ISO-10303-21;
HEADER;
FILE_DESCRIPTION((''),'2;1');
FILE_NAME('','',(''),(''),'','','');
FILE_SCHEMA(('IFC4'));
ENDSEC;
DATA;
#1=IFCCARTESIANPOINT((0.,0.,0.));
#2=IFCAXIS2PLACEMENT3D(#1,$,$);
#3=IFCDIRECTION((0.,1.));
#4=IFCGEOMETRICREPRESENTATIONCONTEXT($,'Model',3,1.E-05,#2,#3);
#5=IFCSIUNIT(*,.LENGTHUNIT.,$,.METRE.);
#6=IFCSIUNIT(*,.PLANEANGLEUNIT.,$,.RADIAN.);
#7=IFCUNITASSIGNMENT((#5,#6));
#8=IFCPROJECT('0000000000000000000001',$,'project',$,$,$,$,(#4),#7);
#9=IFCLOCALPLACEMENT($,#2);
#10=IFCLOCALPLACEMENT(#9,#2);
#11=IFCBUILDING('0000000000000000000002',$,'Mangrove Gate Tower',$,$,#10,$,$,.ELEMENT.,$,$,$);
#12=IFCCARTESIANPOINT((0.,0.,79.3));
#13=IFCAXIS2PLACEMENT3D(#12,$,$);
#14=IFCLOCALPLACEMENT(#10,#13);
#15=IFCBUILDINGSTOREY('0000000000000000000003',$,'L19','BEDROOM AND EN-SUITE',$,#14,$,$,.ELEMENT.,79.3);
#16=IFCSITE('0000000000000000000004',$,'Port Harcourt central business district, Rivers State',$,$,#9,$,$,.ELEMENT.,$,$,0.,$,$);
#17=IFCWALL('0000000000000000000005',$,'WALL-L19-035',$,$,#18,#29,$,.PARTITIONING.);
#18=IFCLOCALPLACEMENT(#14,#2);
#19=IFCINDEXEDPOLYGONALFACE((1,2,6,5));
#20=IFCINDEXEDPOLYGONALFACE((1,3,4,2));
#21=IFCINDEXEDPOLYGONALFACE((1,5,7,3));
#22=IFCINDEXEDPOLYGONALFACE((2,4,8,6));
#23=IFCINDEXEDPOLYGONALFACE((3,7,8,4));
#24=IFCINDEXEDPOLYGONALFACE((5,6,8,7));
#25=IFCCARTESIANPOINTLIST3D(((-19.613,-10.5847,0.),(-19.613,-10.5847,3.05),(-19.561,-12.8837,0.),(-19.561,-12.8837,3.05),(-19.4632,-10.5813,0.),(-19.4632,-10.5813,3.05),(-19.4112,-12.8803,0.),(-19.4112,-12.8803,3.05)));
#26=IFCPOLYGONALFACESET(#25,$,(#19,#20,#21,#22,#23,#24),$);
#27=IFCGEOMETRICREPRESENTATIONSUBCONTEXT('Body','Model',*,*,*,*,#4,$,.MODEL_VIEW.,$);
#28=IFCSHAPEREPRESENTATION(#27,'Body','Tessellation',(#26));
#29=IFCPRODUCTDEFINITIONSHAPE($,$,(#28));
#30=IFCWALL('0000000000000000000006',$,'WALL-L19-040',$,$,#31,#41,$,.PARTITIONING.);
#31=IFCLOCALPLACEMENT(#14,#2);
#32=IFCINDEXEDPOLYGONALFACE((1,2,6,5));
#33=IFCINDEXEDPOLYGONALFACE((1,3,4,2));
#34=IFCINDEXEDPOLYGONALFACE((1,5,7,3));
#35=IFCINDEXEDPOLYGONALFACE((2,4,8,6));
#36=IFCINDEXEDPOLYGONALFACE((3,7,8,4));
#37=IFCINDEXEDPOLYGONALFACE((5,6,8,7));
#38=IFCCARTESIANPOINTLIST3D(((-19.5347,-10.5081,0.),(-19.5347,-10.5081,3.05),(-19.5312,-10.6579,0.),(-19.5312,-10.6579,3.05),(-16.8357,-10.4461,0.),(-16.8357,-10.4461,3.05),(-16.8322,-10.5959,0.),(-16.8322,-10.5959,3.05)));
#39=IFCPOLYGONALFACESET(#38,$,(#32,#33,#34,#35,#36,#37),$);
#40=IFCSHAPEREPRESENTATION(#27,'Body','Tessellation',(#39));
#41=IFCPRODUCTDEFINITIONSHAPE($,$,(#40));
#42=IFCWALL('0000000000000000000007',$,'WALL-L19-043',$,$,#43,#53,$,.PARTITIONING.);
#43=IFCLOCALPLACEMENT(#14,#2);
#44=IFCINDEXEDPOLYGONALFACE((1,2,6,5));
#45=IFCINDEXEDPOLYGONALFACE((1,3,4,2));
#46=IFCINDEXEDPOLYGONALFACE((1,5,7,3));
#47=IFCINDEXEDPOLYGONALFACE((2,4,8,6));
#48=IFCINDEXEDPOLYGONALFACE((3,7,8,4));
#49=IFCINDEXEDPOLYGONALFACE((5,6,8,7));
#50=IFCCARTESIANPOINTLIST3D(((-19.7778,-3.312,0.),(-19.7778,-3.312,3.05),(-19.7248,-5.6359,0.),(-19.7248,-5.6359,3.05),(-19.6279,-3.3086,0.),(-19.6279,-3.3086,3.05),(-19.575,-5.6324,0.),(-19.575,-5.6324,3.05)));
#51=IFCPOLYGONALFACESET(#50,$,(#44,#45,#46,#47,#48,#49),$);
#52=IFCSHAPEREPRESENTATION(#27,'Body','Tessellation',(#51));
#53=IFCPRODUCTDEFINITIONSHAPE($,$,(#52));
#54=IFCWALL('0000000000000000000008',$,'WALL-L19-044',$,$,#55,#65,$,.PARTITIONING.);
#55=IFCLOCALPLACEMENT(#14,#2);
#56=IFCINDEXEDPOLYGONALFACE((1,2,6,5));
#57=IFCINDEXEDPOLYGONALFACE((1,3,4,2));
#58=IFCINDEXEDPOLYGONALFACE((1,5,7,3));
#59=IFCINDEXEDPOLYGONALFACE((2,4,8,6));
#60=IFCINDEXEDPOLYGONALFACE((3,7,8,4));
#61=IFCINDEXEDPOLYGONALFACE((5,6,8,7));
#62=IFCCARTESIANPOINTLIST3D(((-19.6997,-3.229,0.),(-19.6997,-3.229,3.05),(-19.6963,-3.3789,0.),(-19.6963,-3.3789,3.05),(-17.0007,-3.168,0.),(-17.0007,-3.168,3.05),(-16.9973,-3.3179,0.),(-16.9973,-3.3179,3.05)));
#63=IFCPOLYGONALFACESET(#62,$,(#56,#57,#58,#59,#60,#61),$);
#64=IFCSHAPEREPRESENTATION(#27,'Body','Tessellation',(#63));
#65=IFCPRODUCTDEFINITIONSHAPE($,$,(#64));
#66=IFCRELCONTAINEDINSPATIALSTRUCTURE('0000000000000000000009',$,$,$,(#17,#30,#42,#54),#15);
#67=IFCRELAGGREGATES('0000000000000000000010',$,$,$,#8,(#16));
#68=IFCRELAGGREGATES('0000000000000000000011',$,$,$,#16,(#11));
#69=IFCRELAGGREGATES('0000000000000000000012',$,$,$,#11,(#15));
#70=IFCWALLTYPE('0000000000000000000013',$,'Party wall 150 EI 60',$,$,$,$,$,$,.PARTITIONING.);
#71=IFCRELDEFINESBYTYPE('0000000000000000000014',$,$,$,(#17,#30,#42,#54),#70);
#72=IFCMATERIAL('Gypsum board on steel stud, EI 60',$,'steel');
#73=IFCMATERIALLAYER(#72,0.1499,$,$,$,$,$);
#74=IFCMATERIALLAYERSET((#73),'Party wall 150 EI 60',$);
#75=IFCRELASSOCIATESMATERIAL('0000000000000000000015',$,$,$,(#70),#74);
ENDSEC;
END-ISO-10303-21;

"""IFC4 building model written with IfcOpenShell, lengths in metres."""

from ifc_helpers import new_model, si_unit, direction, frame, frame_2d, origin, place, context, subcontext, project, spatial, rectangle, extrude, material, layer, layer_set, type_object, element, save


model = new_model("IFC4")

# Units and contexts
model_context = context("Model", 3, precision=1e-05, world=origin(), true_north=direction((0.0, 1.0)))
body_context = subcontext(model_context, "Body", "Model", "MODEL_VIEW")
ifc_project = project(units=[si_unit("LENGTHUNIT", "METRE"), si_unit("PLANEANGLEUNIT", "RADIAN")], contexts=[model_context])

# Site, building, storey
site_placement = place(None, origin())
site = spatial("IfcSite", under=ifc_project, at=site_placement, Name="Port Harcourt central business district, Rivers State", CompositionType="ELEMENT", RefElevation=0.0)
building_placement = place(site_placement, origin())
building = spatial("IfcBuilding", under=site, at=building_placement, Name="Mangrove Gate Tower", CompositionType="ELEMENT")
storey_placement = place(building_placement, frame((0.0, 0.0, 79.3)))
storey = spatial("IfcBuildingStorey", under=building, at=storey_placement, Name="L19", Description="BEDROOM AND EN-SUITE", CompositionType="ELEMENT", Elevation=79.3)

# Walls
ifc_material_1 = material(Name="Gypsum board on steel stud, EI 60", Category="steel")
ifc_layer_1 = layer(ifc_material_1, 0.1499)
ifc_layer_set_1 = layer_set([ifc_layer_1], Name="Party wall 150 EI 60")
wall_type_1 = type_object("IfcWallType", Name="Party wall 150 EI 60", PredefinedType="PARTITIONING", material=ifc_layer_set_1)
wall_1_placement = place(storey_placement, frame((-19.4861, -12.8821, 0.0), z_axis=(0.0, 0.0, 1.0), x_axis=(-0.022613, 0.999744, 0.0)))
element("IfcWall", 1, at=wall_1_placement, inside=storey, type_object=wall_type_1, Name="WALL-L19-035", PredefinedType="PARTITIONING", context=body_context, shape_type="SweptSolid", body=[
    extrude(rectangle(XDim=2.2996, YDim=0.1499, at=frame_2d((1.1499, 0.0))), origin(), (0.0, 0.0, 1.0), 3.05),
])
wall_2_placement = place(storey_placement, frame((-19.533, -10.583, 0.0), z_axis=(0.0, 0.0, 1.0), x_axis=(0.999736, 0.02297, 0.0)))
element("IfcWall", 2, at=wall_2_placement, inside=storey, type_object=wall_type_1, Name="WALL-L19-040", PredefinedType="PARTITIONING", context=body_context, shape_type="SweptSolid", body=[
    extrude(rectangle(XDim=2.6997, YDim=0.1499, at=frame_2d((1.3499, 0.0))), origin(), (0.0, 0.0, 1.0), 3.05),
])
wall_3_placement = place(storey_placement, frame((-19.6499, -5.634, 0.0), z_axis=(0.0, 0.0, 1.0), x_axis=(-0.022791, 0.99974, 0.0)))
element("IfcWall", 3, at=wall_3_placement, inside=storey, type_object=wall_type_1, Name="WALL-L19-043", PredefinedType="PARTITIONING", context=body_context, shape_type="SweptSolid", body=[
    extrude(rectangle(XDim=2.3245, YDim=0.1499, at=frame_2d((1.1621, 0.0))), origin(), (0.0, 0.0, 1.0), 3.05),
])
wall_4_placement = place(storey_placement, frame((-19.698, -3.304, 0.0), z_axis=(0.0, 0.0, 1.0), x_axis=(0.999744, 0.022608, 0.0)))
element("IfcWall", 4, at=wall_4_placement, inside=storey, type_object=wall_type_1, Name="WALL-L19-044", PredefinedType="PARTITIONING", context=body_context, shape_type="SweptSolid", body=[
    extrude(rectangle(XDim=2.6997, YDim=0.1499, at=frame_2d((1.3499, 0.0))), origin(), (0.0, 0.0, 1.0), 3.05),
])

save(model, "model.ifc")
